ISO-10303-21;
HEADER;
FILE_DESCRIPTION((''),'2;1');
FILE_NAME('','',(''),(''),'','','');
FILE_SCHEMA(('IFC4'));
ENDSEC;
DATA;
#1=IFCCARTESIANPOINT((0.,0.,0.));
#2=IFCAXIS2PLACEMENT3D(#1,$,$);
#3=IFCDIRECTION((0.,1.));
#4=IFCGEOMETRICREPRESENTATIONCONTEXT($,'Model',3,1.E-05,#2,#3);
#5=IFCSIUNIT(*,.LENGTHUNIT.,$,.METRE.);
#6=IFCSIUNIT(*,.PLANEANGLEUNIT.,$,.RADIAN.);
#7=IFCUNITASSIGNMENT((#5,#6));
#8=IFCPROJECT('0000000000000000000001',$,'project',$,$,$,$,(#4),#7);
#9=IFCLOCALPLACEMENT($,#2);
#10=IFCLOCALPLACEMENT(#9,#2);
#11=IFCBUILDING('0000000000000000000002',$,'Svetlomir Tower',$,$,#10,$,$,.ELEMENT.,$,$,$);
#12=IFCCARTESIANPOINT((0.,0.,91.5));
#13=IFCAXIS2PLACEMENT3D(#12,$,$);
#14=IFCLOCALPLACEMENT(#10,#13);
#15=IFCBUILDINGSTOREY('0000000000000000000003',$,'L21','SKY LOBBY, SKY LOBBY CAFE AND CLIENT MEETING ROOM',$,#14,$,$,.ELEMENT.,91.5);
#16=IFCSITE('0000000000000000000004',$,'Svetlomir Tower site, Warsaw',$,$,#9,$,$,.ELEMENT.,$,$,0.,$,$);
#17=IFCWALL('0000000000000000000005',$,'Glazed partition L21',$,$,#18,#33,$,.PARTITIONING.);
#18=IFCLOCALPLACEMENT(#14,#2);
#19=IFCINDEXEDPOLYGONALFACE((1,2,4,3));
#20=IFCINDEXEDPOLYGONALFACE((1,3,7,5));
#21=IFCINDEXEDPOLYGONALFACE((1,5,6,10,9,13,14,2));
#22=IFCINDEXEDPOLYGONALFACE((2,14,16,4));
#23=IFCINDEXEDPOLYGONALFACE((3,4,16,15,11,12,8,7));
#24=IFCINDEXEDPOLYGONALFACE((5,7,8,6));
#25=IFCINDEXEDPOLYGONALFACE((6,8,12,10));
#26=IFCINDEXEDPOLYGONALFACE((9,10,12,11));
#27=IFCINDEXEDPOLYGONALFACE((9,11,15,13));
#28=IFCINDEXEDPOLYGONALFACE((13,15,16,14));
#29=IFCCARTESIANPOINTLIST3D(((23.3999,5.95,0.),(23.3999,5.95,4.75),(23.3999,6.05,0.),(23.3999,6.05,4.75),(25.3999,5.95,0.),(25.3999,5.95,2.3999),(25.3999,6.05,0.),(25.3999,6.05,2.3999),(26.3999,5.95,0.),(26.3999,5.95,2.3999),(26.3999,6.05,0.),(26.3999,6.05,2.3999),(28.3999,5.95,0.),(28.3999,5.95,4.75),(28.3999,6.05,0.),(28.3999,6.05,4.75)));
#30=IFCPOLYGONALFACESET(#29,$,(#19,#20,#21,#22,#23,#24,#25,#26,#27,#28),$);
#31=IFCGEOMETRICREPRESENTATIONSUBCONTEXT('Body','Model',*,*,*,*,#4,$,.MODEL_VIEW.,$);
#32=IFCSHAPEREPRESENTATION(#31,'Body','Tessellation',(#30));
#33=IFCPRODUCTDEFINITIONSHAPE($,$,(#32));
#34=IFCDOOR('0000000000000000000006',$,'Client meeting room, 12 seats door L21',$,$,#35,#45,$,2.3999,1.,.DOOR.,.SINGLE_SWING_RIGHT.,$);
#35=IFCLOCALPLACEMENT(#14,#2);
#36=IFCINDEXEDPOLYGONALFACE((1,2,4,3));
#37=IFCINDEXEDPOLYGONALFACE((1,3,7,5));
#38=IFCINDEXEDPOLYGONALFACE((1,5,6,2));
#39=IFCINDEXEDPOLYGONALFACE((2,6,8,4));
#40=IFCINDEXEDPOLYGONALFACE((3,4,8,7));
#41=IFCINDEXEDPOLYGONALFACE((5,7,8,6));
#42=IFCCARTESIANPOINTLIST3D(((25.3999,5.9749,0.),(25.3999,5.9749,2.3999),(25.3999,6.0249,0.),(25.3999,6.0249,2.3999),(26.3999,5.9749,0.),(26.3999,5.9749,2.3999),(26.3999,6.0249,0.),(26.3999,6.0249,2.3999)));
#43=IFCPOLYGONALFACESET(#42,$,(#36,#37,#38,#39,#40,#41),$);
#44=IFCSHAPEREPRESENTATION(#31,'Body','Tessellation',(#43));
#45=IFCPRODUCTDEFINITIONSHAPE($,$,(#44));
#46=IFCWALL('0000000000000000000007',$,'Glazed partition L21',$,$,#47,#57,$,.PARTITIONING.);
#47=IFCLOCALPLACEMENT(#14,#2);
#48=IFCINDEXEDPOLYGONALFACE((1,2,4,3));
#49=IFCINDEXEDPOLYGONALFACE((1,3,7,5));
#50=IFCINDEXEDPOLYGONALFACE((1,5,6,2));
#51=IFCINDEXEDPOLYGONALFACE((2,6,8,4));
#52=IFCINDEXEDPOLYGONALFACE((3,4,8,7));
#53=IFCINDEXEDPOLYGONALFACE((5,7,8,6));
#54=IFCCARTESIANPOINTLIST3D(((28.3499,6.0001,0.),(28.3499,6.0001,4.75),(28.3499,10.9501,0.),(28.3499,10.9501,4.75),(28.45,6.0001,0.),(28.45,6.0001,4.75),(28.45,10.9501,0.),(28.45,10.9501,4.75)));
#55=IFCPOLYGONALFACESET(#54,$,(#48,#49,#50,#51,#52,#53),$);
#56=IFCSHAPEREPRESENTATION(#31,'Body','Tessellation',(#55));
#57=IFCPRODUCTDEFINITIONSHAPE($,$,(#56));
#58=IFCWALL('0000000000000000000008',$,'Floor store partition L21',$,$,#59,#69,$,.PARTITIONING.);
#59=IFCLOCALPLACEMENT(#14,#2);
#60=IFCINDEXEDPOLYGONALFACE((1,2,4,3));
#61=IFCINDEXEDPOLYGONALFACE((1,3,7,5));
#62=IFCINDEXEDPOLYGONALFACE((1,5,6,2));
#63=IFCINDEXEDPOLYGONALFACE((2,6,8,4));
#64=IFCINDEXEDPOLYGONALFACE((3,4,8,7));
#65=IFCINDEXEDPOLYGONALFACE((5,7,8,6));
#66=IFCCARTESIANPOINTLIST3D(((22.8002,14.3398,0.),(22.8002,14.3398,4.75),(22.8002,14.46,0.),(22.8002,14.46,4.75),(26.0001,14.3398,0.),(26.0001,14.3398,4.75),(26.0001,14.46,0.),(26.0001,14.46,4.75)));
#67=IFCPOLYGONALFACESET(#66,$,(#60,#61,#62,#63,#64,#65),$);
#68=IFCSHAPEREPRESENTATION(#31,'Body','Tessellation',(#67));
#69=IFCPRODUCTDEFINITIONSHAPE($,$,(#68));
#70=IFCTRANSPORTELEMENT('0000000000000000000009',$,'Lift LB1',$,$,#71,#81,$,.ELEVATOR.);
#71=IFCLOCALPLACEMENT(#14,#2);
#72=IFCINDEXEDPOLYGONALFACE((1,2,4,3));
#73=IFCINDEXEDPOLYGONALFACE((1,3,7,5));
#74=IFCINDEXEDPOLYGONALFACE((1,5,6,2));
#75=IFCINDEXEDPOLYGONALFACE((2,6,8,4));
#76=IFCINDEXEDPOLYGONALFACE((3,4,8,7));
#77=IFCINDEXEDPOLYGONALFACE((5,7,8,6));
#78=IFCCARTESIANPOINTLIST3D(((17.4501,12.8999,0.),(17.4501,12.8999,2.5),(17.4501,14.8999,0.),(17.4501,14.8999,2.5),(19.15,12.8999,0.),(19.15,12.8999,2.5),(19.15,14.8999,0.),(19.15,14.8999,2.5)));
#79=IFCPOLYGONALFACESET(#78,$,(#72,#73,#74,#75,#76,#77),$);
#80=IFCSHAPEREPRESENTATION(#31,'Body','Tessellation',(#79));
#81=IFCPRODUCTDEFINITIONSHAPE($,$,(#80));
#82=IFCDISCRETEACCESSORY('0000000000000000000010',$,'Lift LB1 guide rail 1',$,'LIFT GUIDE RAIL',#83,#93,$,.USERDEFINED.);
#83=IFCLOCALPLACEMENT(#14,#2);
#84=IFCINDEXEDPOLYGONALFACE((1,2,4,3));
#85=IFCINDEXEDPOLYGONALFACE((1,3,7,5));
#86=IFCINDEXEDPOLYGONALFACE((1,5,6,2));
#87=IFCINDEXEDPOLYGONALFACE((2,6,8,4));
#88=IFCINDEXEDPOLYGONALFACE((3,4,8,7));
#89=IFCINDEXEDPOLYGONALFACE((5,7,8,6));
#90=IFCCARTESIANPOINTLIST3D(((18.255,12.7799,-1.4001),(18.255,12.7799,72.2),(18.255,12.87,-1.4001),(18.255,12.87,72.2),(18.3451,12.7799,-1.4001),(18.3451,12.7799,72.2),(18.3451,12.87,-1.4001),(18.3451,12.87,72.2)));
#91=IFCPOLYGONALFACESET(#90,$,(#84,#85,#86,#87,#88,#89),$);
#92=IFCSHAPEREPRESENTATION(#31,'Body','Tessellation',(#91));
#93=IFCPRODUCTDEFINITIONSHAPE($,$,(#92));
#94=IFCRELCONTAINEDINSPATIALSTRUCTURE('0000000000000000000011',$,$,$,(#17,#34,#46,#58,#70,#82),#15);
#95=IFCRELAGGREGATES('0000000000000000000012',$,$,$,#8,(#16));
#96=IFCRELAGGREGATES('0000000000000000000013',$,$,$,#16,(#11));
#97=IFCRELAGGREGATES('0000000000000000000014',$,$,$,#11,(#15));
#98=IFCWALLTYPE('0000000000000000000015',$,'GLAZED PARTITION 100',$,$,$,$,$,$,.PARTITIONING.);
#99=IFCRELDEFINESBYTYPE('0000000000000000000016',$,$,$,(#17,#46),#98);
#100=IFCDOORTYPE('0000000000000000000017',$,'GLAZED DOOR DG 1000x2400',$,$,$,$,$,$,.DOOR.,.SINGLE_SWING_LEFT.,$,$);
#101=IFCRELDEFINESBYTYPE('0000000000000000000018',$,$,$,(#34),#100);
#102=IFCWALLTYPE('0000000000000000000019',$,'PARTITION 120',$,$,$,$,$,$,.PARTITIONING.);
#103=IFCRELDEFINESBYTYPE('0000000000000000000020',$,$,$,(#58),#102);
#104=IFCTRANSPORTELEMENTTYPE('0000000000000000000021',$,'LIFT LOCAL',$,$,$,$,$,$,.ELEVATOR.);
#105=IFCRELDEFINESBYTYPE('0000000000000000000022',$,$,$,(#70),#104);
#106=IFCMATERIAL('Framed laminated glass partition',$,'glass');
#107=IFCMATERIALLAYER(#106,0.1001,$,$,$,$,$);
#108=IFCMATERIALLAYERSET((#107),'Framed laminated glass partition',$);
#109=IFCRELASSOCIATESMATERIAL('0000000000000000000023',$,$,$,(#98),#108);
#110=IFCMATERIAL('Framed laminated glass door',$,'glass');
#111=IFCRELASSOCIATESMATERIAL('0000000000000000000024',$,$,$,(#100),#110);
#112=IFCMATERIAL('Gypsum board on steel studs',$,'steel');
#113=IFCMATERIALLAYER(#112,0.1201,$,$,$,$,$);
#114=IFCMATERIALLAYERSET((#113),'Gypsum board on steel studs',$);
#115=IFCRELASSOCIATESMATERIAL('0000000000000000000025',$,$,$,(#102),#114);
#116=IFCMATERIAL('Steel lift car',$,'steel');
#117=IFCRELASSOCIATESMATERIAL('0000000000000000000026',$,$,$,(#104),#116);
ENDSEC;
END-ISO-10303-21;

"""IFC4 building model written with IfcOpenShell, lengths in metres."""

from ifc_helpers import new_model, si_unit, direction, frame, frame_2d, origin, origin_2d, place, context, subcontext, project, spatial, rectangle, extrude, material, layer, layer_set, type_object, element, fill, save


model = new_model("IFC4")

# Units and contexts
model_context = context("Model", 3, precision=1e-05, world=origin(), true_north=direction((0.0, 1.0)))
body_context = subcontext(model_context, "Body", "Model", "MODEL_VIEW")
ifc_project = project(units=[si_unit("LENGTHUNIT", "METRE"), si_unit("PLANEANGLEUNIT", "RADIAN")], contexts=[model_context])

# Site, building, storey
site_placement = place(None, origin())
site = spatial("IfcSite", under=ifc_project, at=site_placement, Name="Svetlomir Tower site, Warsaw", CompositionType="ELEMENT", RefElevation=0.0)
building_placement = place(site_placement, origin())
building = spatial("IfcBuilding", under=site, at=building_placement, Name="Svetlomir Tower", CompositionType="ELEMENT")
storey_placement = place(building_placement, frame((0.0, 0.0, 91.5)))
storey = spatial("IfcBuildingStorey", under=building, at=storey_placement, Name="L21", Description="SKY LOBBY, SKY LOBBY CAFE AND CLIENT MEETING ROOM", CompositionType="ELEMENT", Elevation=91.5)

# Shared definitions
ifc_material_1 = material(Name="Framed laminated glass partition", Category="glass")
ifc_layer_1 = layer(ifc_material_1, 0.1001)
ifc_layer_set_1 = layer_set([ifc_layer_1], Name="Framed laminated glass partition")
wall_type_1 = type_object("IfcWallType", Name="GLAZED PARTITION 100", PredefinedType="PARTITIONING", material=ifc_layer_set_1)

# Wall, opening, door
wall_1_placement = place(storey_placement, frame((23.3999, 6.0, 0.0), z_axis=(0.0, 0.0, 1.0), x_axis=(1.0, 0.0, 0.0)))
wall_1 = element("IfcWall", 1, at=wall_1_placement, inside=storey, type_object=wall_type_1, Name="Glazed partition L21", PredefinedType="PARTITIONING", context=body_context, shape_type="SweptSolid", body=[
    extrude(rectangle(XDim=5.0, YDim=0.1001, at=frame_2d((2.5, 0.0))), origin(), (0.0, 0.0, 1.0), 4.75),
])
opening_1_placement = place(wall_1_placement, frame((2.0, 0.0, 0.0)))
opening_1 = element("IfcOpeningElement", 2, at=opening_1_placement, cuts=wall_1, PredefinedType="OPENING", context=body_context, shape_type="SweptSolid", body=[
    extrude(rectangle(XDim=1.0, YDim=2.3999, at=frame_2d((0.5, 1.2))), frame((0.0, 0.0601, 0.0), z_axis=(0.0, -1.0, 0.0), x_axis=(1.0, 0.0, 0.0)), (0.0, 0.0, 1.0), 0.1201),
])
ifc_material_2 = material(Name="Framed laminated glass door", Category="glass")
door_type_1 = type_object("IfcDoorType", Name="GLAZED DOOR DG 1000x2400", OperationType="SINGLE_SWING_LEFT", PredefinedType="DOOR", material=ifc_material_2)
door_1_placement = place(opening_1_placement, origin())
door_1 = element("IfcDoor", 3, at=door_1_placement, inside=storey, type_object=door_type_1, Name="Client meeting room, 12 seats door L21", OperationType="SINGLE_SWING_RIGHT", OverallHeight=2.3999, OverallWidth=1.0, PredefinedType="DOOR", context=body_context, shape_type="SweptSolid", body=[
    extrude(rectangle(XDim=1.0, YDim=2.3999, at=frame_2d((0.5, 1.2))), frame((0.0, 0.0249, 0.0), z_axis=(0.0, -1.0, 0.0), x_axis=(1.0, 0.0, 0.0)), (0.0, 0.0, 1.0), 0.05),
])
fill(opening_1, door_1)

# Walls
wall_2_placement = place(storey_placement, frame((28.3999, 6.0, 0.0), z_axis=(0.0, 0.0, 1.0), x_axis=(0.0, 1.0, 0.0)))
element("IfcWall", 4, at=wall_2_placement, inside=storey, type_object=wall_type_1, Name="Glazed partition L21", PredefinedType="PARTITIONING", context=body_context, shape_type="SweptSolid", body=[
    extrude(rectangle(XDim=4.95, YDim=0.1001, at=frame_2d((2.4751, 0.0))), origin(), (0.0, 0.0, 1.0), 4.75),
])
ifc_material_3 = material(Name="Gypsum board on steel studs", Category="steel")
ifc_layer_2 = layer(ifc_material_3, 0.1201)
ifc_layer_set_2 = layer_set([ifc_layer_2], Name="Gypsum board on steel studs")
wall_type_2 = type_object("IfcWallType", Name="PARTITION 120", PredefinedType="PARTITIONING", material=ifc_layer_set_2)
wall_3_placement = place(storey_placement, frame((22.8, 14.3999, 0.0), z_axis=(0.0, 0.0, 1.0), x_axis=(1.0, 0.0, 0.0)))
element("IfcWall", 5, at=wall_3_placement, inside=storey, type_object=wall_type_2, Name="Floor store partition L21", PredefinedType="PARTITIONING", context=body_context, shape_type="SweptSolid", body=[
    extrude(rectangle(XDim=3.2, YDim=0.1201, at=frame_2d((1.6001, 0.0))), origin(), (0.0, 0.0, 1.0), 4.75),
])

# Transport element
ifc_material_4 = material(Name="Steel lift car", Category="steel")
transport_element_type = type_object("IfcTransportElementType", Name="LIFT LOCAL", PredefinedType="ELEVATOR", material=ifc_material_4)
transport_element_placement = place(storey_placement, frame((18.3, 13.8999, 0.0), z_axis=(0.0, 0.0, 1.0), x_axis=(1.0, 0.0, 0.0)))
element("IfcTransportElement", 6, at=transport_element_placement, inside=storey, type_object=transport_element_type, Name="Lift LB1", PredefinedType="ELEVATOR", context=body_context, shape_type="SweptSolid", body=[
    extrude(rectangle(XDim=1.7, YDim=2.0, at=origin_2d()), origin(), (0.0, 0.0, 1.0), 2.5),
])

# Discrete accessory
discrete_accessory_placement = place(storey_placement, frame((18.3, 12.825, -1.4001), z_axis=(0.0, 0.0, 1.0), x_axis=(1.0, 0.0, 0.0)))
element("IfcDiscreteAccessory", 7, at=discrete_accessory_placement, inside=storey, Name="Lift LB1 guide rail 1", ObjectType="LIFT GUIDE RAIL", PredefinedType="USERDEFINED", context=body_context, shape_type="SweptSolid", body=[
    extrude(rectangle(XDim=0.0901, YDim=0.0901, at=origin_2d()), origin(), (0.0, 0.0, 1.0), 73.6001),
])

save(model, "model.ifc")
